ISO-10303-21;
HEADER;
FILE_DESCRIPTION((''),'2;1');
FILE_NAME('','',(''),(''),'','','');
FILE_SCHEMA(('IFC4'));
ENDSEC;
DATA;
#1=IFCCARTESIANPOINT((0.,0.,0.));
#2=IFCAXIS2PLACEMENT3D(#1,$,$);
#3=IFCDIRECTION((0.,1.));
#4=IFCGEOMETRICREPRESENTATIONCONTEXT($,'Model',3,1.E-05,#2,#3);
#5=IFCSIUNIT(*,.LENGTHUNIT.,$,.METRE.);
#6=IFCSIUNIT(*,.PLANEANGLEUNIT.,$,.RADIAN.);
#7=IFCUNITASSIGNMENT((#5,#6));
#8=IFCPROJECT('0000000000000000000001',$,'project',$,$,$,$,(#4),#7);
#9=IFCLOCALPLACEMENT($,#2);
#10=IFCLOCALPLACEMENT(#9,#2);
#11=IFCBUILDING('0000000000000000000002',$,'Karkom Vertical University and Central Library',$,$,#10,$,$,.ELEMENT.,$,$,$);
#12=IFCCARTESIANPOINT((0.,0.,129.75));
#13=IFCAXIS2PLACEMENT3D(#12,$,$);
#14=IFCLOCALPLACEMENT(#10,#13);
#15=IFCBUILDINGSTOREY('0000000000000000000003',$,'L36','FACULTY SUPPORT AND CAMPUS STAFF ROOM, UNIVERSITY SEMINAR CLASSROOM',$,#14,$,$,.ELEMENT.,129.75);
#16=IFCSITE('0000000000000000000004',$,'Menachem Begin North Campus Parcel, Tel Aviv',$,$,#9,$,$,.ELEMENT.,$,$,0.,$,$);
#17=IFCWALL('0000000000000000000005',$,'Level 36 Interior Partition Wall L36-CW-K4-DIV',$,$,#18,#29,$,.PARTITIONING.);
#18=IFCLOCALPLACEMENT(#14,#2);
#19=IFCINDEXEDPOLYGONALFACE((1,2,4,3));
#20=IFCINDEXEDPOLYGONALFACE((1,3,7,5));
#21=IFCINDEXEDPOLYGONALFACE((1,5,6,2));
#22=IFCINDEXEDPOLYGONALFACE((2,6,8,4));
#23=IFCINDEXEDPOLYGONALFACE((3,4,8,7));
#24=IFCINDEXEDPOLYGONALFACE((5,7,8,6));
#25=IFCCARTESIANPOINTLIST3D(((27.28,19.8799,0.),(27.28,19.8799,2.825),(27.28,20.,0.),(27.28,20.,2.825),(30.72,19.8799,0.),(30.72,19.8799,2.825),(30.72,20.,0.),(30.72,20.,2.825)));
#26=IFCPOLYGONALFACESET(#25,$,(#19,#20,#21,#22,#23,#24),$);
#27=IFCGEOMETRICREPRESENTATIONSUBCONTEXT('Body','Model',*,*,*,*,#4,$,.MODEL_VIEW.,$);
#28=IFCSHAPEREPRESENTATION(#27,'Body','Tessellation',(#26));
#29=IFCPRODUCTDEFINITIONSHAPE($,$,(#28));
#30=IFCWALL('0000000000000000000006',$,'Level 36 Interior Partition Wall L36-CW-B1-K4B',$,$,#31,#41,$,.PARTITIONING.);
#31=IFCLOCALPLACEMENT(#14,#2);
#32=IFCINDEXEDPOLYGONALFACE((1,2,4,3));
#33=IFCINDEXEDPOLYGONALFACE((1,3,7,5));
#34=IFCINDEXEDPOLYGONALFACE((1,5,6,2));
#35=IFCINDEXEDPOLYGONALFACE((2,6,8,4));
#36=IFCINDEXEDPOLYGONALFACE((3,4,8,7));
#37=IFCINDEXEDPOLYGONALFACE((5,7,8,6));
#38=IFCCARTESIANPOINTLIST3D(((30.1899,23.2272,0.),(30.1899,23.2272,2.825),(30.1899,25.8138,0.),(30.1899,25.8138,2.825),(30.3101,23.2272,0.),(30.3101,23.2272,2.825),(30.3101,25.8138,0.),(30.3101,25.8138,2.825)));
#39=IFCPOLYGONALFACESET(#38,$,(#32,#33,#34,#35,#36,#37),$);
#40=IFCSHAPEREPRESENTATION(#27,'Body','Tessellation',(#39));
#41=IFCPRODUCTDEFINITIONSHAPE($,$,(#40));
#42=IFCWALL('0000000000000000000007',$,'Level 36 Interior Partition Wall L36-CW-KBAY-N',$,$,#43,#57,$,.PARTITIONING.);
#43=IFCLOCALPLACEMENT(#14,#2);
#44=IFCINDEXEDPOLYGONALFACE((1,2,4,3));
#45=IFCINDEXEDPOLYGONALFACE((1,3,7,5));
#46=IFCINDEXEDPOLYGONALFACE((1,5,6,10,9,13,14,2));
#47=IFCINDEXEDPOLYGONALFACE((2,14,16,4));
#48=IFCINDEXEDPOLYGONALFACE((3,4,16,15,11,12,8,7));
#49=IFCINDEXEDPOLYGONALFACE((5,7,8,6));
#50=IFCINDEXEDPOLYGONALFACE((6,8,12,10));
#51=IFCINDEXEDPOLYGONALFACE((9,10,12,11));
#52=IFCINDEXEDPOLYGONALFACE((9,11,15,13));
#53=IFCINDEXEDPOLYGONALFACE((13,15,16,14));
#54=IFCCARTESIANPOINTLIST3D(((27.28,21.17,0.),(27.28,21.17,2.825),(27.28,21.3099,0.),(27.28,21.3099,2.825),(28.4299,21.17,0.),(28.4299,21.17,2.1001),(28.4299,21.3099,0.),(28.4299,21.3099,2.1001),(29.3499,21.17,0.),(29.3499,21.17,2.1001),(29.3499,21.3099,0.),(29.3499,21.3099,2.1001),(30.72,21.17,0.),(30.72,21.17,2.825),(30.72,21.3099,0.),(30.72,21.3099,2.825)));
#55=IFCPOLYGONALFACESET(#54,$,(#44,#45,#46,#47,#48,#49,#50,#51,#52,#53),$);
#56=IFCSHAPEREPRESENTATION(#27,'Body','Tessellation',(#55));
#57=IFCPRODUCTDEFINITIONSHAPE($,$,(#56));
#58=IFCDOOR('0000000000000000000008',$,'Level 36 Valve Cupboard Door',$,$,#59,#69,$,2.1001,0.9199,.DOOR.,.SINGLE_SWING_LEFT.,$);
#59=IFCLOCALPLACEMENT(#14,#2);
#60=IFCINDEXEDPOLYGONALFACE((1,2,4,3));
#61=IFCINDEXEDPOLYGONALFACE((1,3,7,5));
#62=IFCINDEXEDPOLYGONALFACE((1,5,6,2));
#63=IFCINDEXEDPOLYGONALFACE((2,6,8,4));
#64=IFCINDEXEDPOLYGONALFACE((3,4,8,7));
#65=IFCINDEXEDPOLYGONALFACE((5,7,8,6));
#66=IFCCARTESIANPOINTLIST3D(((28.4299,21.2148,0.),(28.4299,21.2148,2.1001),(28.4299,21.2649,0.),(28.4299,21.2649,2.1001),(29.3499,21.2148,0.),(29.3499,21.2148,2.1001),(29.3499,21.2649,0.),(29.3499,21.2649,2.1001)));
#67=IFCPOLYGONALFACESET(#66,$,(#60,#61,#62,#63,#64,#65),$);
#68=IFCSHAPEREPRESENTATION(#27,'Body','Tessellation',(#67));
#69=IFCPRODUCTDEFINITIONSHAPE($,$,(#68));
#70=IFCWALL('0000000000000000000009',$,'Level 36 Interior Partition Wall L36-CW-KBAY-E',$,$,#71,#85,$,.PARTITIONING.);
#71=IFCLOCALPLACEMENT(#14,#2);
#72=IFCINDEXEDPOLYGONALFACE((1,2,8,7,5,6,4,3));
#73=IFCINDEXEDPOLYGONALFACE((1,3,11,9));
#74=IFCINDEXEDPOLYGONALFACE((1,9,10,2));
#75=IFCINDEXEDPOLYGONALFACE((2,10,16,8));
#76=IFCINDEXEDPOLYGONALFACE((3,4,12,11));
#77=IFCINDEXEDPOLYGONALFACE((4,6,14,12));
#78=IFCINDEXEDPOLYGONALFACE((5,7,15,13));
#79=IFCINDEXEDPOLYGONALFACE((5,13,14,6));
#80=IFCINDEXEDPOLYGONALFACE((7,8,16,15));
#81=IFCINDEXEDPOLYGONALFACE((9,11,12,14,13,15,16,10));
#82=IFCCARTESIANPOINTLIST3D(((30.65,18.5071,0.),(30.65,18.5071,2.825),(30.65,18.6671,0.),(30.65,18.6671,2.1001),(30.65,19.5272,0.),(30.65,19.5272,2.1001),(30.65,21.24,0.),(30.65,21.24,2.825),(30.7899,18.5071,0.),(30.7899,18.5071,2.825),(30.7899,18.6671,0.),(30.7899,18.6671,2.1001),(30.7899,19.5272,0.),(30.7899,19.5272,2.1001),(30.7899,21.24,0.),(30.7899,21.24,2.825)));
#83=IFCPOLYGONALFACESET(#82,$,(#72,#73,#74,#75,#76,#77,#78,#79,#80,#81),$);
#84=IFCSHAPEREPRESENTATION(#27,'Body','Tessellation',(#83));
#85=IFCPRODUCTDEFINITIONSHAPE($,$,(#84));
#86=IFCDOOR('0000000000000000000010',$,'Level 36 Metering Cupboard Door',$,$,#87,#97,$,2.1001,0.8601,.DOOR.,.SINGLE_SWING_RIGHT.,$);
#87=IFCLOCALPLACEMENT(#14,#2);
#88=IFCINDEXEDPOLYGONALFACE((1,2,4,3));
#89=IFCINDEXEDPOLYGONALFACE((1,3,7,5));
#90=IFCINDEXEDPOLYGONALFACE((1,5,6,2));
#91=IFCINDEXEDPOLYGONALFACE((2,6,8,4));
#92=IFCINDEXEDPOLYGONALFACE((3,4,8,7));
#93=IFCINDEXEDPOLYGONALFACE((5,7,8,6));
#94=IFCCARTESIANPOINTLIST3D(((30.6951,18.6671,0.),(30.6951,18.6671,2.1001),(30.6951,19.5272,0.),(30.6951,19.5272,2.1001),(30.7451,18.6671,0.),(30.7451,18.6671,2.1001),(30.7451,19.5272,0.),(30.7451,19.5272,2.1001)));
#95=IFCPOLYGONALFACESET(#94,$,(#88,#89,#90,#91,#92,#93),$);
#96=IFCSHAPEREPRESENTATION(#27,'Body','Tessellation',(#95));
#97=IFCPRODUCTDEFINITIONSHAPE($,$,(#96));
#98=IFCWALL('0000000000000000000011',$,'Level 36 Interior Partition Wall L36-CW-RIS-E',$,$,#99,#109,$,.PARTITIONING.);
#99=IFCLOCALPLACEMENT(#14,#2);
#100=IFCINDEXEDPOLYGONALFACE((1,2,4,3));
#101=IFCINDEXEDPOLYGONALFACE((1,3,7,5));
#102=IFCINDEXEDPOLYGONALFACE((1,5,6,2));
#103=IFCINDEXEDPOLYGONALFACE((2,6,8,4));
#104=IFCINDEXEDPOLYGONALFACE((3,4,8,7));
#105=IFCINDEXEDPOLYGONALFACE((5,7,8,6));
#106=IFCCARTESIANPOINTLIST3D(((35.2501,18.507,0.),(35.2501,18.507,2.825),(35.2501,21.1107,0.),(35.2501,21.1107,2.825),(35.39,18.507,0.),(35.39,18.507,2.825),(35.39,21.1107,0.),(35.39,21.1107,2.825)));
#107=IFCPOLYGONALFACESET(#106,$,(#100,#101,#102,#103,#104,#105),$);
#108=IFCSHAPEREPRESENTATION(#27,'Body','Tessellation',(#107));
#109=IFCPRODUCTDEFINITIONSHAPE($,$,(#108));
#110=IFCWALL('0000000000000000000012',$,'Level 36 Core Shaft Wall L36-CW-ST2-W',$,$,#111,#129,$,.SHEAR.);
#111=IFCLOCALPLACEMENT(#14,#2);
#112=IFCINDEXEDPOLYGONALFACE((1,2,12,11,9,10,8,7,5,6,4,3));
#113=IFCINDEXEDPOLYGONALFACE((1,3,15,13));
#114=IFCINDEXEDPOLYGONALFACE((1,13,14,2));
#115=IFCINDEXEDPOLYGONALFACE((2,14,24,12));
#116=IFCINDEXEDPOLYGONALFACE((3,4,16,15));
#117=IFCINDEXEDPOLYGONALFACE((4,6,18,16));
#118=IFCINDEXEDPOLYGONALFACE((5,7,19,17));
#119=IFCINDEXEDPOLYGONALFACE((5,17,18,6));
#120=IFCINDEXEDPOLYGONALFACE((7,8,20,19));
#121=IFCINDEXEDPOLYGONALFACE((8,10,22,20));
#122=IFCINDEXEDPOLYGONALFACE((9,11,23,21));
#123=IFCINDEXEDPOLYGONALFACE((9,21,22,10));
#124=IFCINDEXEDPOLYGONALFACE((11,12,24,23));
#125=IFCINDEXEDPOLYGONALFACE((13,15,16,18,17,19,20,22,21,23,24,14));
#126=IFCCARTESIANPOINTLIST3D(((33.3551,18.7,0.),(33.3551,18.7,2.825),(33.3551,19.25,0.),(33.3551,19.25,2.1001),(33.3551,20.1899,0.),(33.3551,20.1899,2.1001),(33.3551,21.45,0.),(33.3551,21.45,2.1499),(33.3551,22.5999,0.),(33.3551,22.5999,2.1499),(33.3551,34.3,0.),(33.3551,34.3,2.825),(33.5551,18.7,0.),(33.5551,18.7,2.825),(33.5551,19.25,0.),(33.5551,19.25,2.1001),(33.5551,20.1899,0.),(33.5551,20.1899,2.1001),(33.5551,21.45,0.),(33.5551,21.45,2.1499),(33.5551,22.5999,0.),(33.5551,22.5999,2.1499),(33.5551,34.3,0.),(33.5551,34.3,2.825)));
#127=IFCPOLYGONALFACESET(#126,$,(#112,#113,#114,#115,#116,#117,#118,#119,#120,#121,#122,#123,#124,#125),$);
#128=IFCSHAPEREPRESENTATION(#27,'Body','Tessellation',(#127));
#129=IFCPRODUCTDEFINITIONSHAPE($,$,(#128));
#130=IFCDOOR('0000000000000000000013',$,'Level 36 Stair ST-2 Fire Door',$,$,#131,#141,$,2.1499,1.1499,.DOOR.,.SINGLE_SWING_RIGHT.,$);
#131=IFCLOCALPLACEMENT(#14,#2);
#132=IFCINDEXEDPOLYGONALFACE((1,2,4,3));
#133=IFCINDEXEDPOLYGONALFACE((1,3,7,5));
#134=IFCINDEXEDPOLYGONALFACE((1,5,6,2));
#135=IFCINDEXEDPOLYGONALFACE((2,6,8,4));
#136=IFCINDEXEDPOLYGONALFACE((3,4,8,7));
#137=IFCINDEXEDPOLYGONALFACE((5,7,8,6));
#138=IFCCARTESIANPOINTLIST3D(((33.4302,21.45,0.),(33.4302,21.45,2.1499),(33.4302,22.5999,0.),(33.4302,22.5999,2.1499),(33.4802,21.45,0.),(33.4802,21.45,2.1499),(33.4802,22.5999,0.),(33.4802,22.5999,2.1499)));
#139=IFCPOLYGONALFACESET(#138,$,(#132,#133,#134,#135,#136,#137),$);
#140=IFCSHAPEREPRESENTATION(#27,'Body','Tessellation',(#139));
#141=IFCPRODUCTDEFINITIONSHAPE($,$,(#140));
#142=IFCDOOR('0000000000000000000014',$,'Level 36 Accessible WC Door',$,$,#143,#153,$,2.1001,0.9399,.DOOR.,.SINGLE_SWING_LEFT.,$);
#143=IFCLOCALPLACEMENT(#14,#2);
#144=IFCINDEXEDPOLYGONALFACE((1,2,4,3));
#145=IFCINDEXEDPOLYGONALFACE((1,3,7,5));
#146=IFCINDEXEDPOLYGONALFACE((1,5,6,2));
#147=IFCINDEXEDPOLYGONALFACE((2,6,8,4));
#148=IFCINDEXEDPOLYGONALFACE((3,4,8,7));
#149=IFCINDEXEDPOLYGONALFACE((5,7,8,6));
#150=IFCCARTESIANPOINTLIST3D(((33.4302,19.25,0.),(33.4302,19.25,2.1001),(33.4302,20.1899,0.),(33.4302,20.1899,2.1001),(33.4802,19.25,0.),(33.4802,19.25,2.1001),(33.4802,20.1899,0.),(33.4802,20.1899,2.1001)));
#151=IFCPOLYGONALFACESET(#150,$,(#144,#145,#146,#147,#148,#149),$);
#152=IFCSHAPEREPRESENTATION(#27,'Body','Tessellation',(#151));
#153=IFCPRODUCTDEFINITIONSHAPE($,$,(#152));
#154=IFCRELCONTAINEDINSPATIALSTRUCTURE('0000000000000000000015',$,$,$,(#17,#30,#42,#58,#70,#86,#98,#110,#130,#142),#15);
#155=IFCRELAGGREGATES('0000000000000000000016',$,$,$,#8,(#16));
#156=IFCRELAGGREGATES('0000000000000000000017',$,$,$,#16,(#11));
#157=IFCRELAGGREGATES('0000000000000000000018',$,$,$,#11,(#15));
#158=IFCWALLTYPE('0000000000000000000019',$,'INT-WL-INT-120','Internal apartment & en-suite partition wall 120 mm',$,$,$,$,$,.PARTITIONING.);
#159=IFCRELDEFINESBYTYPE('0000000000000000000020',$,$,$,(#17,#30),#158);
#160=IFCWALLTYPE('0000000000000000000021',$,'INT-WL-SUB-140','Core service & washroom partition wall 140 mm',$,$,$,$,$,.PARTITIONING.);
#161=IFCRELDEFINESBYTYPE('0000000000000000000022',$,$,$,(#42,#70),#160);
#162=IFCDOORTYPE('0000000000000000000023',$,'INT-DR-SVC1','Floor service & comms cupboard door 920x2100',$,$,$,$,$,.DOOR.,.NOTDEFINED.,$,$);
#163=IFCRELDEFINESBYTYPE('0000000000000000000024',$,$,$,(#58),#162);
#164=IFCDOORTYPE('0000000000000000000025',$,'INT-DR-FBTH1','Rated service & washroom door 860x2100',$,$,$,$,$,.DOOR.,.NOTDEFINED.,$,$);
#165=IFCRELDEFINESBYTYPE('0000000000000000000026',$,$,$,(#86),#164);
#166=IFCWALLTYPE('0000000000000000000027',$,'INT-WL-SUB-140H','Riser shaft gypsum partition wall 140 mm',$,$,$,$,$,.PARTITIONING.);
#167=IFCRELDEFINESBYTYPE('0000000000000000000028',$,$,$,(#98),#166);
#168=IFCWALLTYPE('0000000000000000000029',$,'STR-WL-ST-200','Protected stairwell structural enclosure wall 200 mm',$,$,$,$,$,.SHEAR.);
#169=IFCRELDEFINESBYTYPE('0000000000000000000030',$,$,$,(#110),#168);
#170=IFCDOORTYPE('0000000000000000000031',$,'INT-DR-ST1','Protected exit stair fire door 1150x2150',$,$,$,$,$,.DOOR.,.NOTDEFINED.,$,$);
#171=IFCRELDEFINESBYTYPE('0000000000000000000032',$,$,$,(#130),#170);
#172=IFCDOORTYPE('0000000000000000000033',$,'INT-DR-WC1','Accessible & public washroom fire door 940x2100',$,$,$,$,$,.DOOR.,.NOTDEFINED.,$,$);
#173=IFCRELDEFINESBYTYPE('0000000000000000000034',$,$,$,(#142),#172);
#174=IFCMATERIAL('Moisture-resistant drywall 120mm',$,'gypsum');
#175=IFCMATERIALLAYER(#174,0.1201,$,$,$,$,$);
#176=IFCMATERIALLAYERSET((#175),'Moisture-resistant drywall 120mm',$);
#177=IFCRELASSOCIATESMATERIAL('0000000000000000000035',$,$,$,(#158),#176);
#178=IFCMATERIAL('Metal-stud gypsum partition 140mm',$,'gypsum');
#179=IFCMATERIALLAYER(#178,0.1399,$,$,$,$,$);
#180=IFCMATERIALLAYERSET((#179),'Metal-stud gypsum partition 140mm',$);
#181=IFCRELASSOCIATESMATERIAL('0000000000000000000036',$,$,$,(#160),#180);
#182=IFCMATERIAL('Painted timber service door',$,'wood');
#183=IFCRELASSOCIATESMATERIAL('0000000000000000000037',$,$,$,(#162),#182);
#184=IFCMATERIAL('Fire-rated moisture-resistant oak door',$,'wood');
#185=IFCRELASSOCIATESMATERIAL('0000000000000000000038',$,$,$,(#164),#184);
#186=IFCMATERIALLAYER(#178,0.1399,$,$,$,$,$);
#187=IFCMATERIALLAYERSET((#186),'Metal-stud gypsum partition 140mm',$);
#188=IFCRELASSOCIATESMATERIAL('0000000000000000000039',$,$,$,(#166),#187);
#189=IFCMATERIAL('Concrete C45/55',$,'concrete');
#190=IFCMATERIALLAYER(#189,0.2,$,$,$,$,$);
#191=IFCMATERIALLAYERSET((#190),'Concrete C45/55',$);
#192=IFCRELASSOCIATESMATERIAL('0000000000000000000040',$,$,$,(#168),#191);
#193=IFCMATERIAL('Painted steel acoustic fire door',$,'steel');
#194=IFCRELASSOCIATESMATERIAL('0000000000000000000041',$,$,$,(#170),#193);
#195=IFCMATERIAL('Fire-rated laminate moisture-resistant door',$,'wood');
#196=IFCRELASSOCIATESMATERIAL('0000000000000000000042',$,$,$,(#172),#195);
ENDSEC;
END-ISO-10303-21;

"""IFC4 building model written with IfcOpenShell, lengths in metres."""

from ifc_helpers import new_model, si_unit, direction, frame, frame_2d, origin, origin_with_axes, place, context, subcontext, project, spatial, rectangle, extrude, source, transform, mapped, material, layer, layer_set, type_object, element, fill, save


model = new_model("IFC4")

# Units and contexts
model_context = context("Model", 3, precision=1e-05, world=origin(), true_north=direction((0.0, 1.0)))
body_context = subcontext(model_context, "Body", "Model", "MODEL_VIEW")
ifc_project = project(units=[si_unit("LENGTHUNIT", "METRE"), si_unit("PLANEANGLEUNIT", "RADIAN")], contexts=[model_context])

# Site, building, storey
site_placement = place(None, origin())
site = spatial("IfcSite", under=ifc_project, at=site_placement, Name="Menachem Begin North Campus Parcel, Tel Aviv", CompositionType="ELEMENT", RefElevation=0.0)
building_placement = place(site_placement, origin())
building = spatial("IfcBuilding", under=site, at=building_placement, Name="Karkom Vertical University and Central Library", CompositionType="ELEMENT")
storey_placement = place(building_placement, frame((0.0, 0.0, 129.75)))
storey = spatial("IfcBuildingStorey", under=building, at=storey_placement, Name="L36", Description="FACULTY SUPPORT AND CAMPUS STAFF ROOM, UNIVERSITY SEMINAR CLASSROOM", CompositionType="ELEMENT", Elevation=129.75)

# Walls
ifc_material_1 = material(Name="Moisture-resistant drywall 120mm", Category="gypsum")
ifc_layer_1 = layer(ifc_material_1, 0.1201)
ifc_layer_set_1 = layer_set([ifc_layer_1], Name="Moisture-resistant drywall 120mm")
wall_type_1 = type_object("IfcWallType", Name="INT-WL-INT-120", Description="Internal apartment & en-suite partition wall 120 mm", PredefinedType="PARTITIONING", material=ifc_layer_set_1)
wall_1_placement = place(storey_placement, frame((27.28, 19.9399, 0.0), z_axis=(0.0, 0.0, 1.0), x_axis=(1.0, 0.0, 0.0)))
element("IfcWall", 1, at=wall_1_placement, inside=storey, type_object=wall_type_1, Name="Level 36 Interior Partition Wall L36-CW-K4-DIV", PredefinedType="PARTITIONING", context=body_context, shape_type="SweptSolid", body=[
    extrude(rectangle(XDim=3.4399, YDim=0.1201, at=frame_2d((1.72, 0.0))), origin(), (0.0, 0.0, 1.0), 2.825),
])
wall_2_placement = place(storey_placement, frame((30.25, 23.2271, 0.0), z_axis=(0.0, 0.0, 1.0), x_axis=(0.0, 1.0, 0.0)))
element("IfcWall", 2, at=wall_2_placement, inside=storey, type_object=wall_type_1, Name="Level 36 Interior Partition Wall L36-CW-B1-K4B", PredefinedType="PARTITIONING", context=body_context, shape_type="SweptSolid", body=[
    extrude(rectangle(XDim=2.5867, YDim=0.1201, at=frame_2d((1.2935, 0.0))), origin(), (0.0, 0.0, 1.0), 2.825),
])

# Walls, openings, doors
ifc_material_2 = material(Name="Metal-stud gypsum partition 140mm", Category="gypsum")
ifc_layer_2 = layer(ifc_material_2, 0.1399)
ifc_layer_set_2 = layer_set([ifc_layer_2], Name="Metal-stud gypsum partition 140mm")
wall_type_2 = type_object("IfcWallType", Name="INT-WL-SUB-140", Description="Core service & washroom partition wall 140 mm", PredefinedType="PARTITIONING", material=ifc_layer_set_2)
wall_3_placement = place(storey_placement, frame((27.28, 21.24, 0.0), z_axis=(0.0, 0.0, 1.0), x_axis=(1.0, 0.0, 0.0)))
wall_3 = element("IfcWall", 3, at=wall_3_placement, inside=storey, type_object=wall_type_2, Name="Level 36 Interior Partition Wall L36-CW-KBAY-N", PredefinedType="PARTITIONING", context=body_context, shape_type="SweptSolid", body=[
    extrude(rectangle(XDim=3.4399, YDim=0.1399, at=frame_2d((1.72, 0.0))), origin(), (0.0, 0.0, 1.0), 2.825),
])
opening_1_placement = place(wall_3_placement, frame((1.1499, 0.0, 0.0)))
opening_1 = element("IfcOpeningElement", 4, at=opening_1_placement, cuts=wall_3, PredefinedType="OPENING", context=body_context, shape_type="SweptSolid", body=[
    extrude(rectangle(XDim=0.9199, YDim=2.1001, at=frame_2d((0.46, 1.05))), frame((0.0, 0.0801, 0.0), z_axis=(0.0, -1.0, 0.0), x_axis=(1.0, 0.0, 0.0)), (0.0, 0.0, 1.0), 0.1599),
])
ifc_material_3 = material(Name="Painted timber service door", Category="wood")
door_type_1 = type_object("IfcDoorType", Name="INT-DR-SVC1", Description="Floor service & comms cupboard door 920x2100", OperationType="NOTDEFINED", PredefinedType="DOOR", material=ifc_material_3)
shared_shape_1 = source(origin_with_axes(), body_context, "Body", "SweptSolid", [
    extrude(rectangle(XDim=0.9199, YDim=2.1001, at=frame_2d((0.46, 1.05))), frame((0.0, 0.0249, 0.0), z_axis=(0.0, -1.0, 0.0), x_axis=(1.0, 0.0, 0.0)), (0.0, 0.0, 1.0), 0.05),
])
door_1_placement = place(opening_1_placement, origin())
door_1 = element("IfcDoor", 5, at=door_1_placement, inside=storey, type_object=door_type_1, Name="Level 36 Valve Cupboard Door", OperationType="SINGLE_SWING_LEFT", OverallHeight=2.1001, OverallWidth=0.9199, PredefinedType="DOOR", context=body_context, shape_type="MappedRepresentation", body=[
    mapped(shared_shape_1, transform((0.0, 0.0, 0.0), scale=1.0)),
])
fill(opening_1, door_1)
wall_4_placement = place(storey_placement, frame((30.72, 18.5071, 0.0), z_axis=(0.0, 0.0, 1.0), x_axis=(0.0, 1.0, 0.0)))
wall_4 = element("IfcWall", 6, at=wall_4_placement, inside=storey, type_object=wall_type_2, Name="Level 36 Interior Partition Wall L36-CW-KBAY-E", PredefinedType="PARTITIONING", context=body_context, shape_type="SweptSolid", body=[
    extrude(rectangle(XDim=2.7329, YDim=0.1399, at=frame_2d((1.3665, 0.0))), origin(), (0.0, 0.0, 1.0), 2.825),
])
opening_2_placement = place(wall_4_placement, frame((0.1599, 0.0, 0.0)))
opening_2 = element("IfcOpeningElement", 7, at=opening_2_placement, cuts=wall_4, PredefinedType="OPENING", context=body_context, shape_type="SweptSolid", body=[
    extrude(rectangle(XDim=0.8601, YDim=2.1001, at=frame_2d((0.4302, 1.05))), frame((0.0, 0.0801, 0.0), z_axis=(0.0, -1.0, 0.0), x_axis=(1.0, 0.0, 0.0)), (0.0, 0.0, 1.0), 0.1599),
])
ifc_material_4 = material(Name="Fire-rated moisture-resistant oak door", Category="wood")
door_type_2 = type_object("IfcDoorType", Name="INT-DR-FBTH1", Description="Rated service & washroom door 860x2100", OperationType="NOTDEFINED", PredefinedType="DOOR", material=ifc_material_4)
shared_shape_2 = source(origin_with_axes(), body_context, "Body", "SweptSolid", [
    extrude(rectangle(XDim=0.8601, YDim=2.1001, at=frame_2d((0.4302, 1.05))), frame((0.0, 0.0249, 0.0), z_axis=(0.0, -1.0, 0.0), x_axis=(1.0, 0.0, 0.0)), (0.0, 0.0, 1.0), 0.05),
])
door_2_placement = place(opening_2_placement, origin())
door_2 = element("IfcDoor", 8, at=door_2_placement, inside=storey, type_object=door_type_2, Name="Level 36 Metering Cupboard Door", OperationType="SINGLE_SWING_RIGHT", OverallHeight=2.1001, OverallWidth=0.8601, PredefinedType="DOOR", context=body_context, shape_type="MappedRepresentation", body=[
    mapped(shared_shape_2, transform((0.0, 0.0, 0.0), scale=1.0)),
])
fill(opening_2, door_2)

# Wall
ifc_layer_3 = layer(ifc_material_2, 0.1399)
ifc_layer_set_3 = layer_set([ifc_layer_3], Name="Metal-stud gypsum partition 140mm")
wall_type_3 = type_object("IfcWallType", Name="INT-WL-SUB-140H", Description="Riser shaft gypsum partition wall 140 mm", PredefinedType="PARTITIONING", material=ifc_layer_set_3)
wall_5_placement = place(storey_placement, frame((35.3201, 18.5071, 0.0), z_axis=(0.0, 0.0, 1.0), x_axis=(0.0, 1.0, 0.0)))
element("IfcWall", 9, at=wall_5_placement, inside=storey, type_object=wall_type_3, Name="Level 36 Interior Partition Wall L36-CW-RIS-E", PredefinedType="PARTITIONING", context=body_context, shape_type="SweptSolid", body=[
    extrude(rectangle(XDim=2.6038, YDim=0.1399, at=frame_2d((1.3018, 0.0))), origin(), (0.0, 0.0, 1.0), 2.825),
])

# Wall, openings, doors
ifc_material_5 = material(Name="Concrete C45/55", Category="concrete")
ifc_layer_4 = layer(ifc_material_5, 0.2)
ifc_layer_set_4 = layer_set([ifc_layer_4], Name="Concrete C45/55")
wall_type_4 = type_object("IfcWallType", Name="STR-WL-ST-200", Description="Protected stairwell structural enclosure wall 200 mm", PredefinedType="SHEAR", material=ifc_layer_set_4)
wall_6_placement = place(storey_placement, frame((33.4551, 18.7, 0.0), z_axis=(0.0, 0.0, 1.0), x_axis=(0.0, 1.0, 0.0)))
wall_6 = element("IfcWall", 10, at=wall_6_placement, inside=storey, type_object=wall_type_4, Name="Level 36 Core Shaft Wall L36-CW-ST2-W", PredefinedType="SHEAR", context=body_context, shape_type="SweptSolid", body=[
    extrude(rectangle(XDim=15.6001, YDim=0.2, at=frame_2d((7.8, 0.0))), origin(), (0.0, 0.0, 1.0), 2.825),
])
opening_3_placement = place(wall_6_placement, frame((2.75, 0.0, 0.0)))
opening_3 = element("IfcOpeningElement", 11, at=opening_3_placement, cuts=wall_6, PredefinedType="OPENING", context=body_context, shape_type="SweptSolid", body=[
    extrude(rectangle(XDim=1.1499, YDim=2.1499, at=frame_2d((0.575, 1.075))), frame((0.0, 0.1099, 0.0), z_axis=(0.0, -1.0, 0.0), x_axis=(1.0, 0.0, 0.0)), (0.0, 0.0, 1.0), 0.22),
])
opening_4_placement = place(wall_6_placement, frame((0.55, 0.0, 0.0)))
opening_4 = element("IfcOpeningElement", 12, at=opening_4_placement, cuts=wall_6, PredefinedType="OPENING", context=body_context, shape_type="SweptSolid", body=[
    extrude(rectangle(XDim=0.9399, YDim=2.1001, at=frame_2d((0.47, 1.05))), frame((0.0, 0.1099, 0.0), z_axis=(0.0, -1.0, 0.0), x_axis=(1.0, 0.0, 0.0)), (0.0, 0.0, 1.0), 0.22),
])
ifc_material_6 = material(Name="Painted steel acoustic fire door", Category="steel")
door_type_3 = type_object("IfcDoorType", Name="INT-DR-ST1", Description="Protected exit stair fire door 1150x2150", OperationType="NOTDEFINED", PredefinedType="DOOR", material=ifc_material_6)
shared_shape_3 = source(origin_with_axes(), body_context, "Body", "SweptSolid", [
    extrude(rectangle(XDim=1.1499, YDim=2.1499, at=frame_2d((0.575, 1.075))), frame((0.0, 0.0249, 0.0), z_axis=(0.0, -1.0, 0.0), x_axis=(1.0, 0.0, 0.0)), (0.0, 0.0, 1.0), 0.05),
])
door_3_placement = place(opening_3_placement, origin())
door_3 = element("IfcDoor", 13, at=door_3_placement, inside=storey, type_object=door_type_3, Name="Level 36 Stair ST-2 Fire Door", OperationType="SINGLE_SWING_RIGHT", OverallHeight=2.1499, OverallWidth=1.1499, PredefinedType="DOOR", context=body_context, shape_type="MappedRepresentation", body=[
    mapped(shared_shape_3, transform((0.0, 0.0, 0.0), scale=1.0)),
])
fill(opening_3, door_3)
ifc_material_7 = material(Name="Fire-rated laminate moisture-resistant door", Category="wood")
door_type_4 = type_object("IfcDoorType", Name="INT-DR-WC1", Description="Accessible & public washroom fire door 940x2100", OperationType="NOTDEFINED", PredefinedType="DOOR", material=ifc_material_7)
shared_shape_4 = source(origin_with_axes(), body_context, "Body", "SweptSolid", [
    extrude(rectangle(XDim=0.9399, YDim=2.1001, at=frame_2d((0.47, 1.05))), frame((0.0, 0.0249, 0.0), z_axis=(0.0, -1.0, 0.0), x_axis=(1.0, 0.0, 0.0)), (0.0, 0.0, 1.0), 0.05),
])
door_4_placement = place(opening_4_placement, origin())
door_4 = element("IfcDoor", 14, at=door_4_placement, inside=storey, type_object=door_type_4, Name="Level 36 Accessible WC Door", OperationType="SINGLE_SWING_LEFT", OverallHeight=2.1001, OverallWidth=0.9399, PredefinedType="DOOR", context=body_context, shape_type="MappedRepresentation", body=[
    mapped(shared_shape_4, transform((0.0, 0.0, 0.0), scale=1.0)),
])
fill(opening_4, door_4)

save(model, "model.ifc")
